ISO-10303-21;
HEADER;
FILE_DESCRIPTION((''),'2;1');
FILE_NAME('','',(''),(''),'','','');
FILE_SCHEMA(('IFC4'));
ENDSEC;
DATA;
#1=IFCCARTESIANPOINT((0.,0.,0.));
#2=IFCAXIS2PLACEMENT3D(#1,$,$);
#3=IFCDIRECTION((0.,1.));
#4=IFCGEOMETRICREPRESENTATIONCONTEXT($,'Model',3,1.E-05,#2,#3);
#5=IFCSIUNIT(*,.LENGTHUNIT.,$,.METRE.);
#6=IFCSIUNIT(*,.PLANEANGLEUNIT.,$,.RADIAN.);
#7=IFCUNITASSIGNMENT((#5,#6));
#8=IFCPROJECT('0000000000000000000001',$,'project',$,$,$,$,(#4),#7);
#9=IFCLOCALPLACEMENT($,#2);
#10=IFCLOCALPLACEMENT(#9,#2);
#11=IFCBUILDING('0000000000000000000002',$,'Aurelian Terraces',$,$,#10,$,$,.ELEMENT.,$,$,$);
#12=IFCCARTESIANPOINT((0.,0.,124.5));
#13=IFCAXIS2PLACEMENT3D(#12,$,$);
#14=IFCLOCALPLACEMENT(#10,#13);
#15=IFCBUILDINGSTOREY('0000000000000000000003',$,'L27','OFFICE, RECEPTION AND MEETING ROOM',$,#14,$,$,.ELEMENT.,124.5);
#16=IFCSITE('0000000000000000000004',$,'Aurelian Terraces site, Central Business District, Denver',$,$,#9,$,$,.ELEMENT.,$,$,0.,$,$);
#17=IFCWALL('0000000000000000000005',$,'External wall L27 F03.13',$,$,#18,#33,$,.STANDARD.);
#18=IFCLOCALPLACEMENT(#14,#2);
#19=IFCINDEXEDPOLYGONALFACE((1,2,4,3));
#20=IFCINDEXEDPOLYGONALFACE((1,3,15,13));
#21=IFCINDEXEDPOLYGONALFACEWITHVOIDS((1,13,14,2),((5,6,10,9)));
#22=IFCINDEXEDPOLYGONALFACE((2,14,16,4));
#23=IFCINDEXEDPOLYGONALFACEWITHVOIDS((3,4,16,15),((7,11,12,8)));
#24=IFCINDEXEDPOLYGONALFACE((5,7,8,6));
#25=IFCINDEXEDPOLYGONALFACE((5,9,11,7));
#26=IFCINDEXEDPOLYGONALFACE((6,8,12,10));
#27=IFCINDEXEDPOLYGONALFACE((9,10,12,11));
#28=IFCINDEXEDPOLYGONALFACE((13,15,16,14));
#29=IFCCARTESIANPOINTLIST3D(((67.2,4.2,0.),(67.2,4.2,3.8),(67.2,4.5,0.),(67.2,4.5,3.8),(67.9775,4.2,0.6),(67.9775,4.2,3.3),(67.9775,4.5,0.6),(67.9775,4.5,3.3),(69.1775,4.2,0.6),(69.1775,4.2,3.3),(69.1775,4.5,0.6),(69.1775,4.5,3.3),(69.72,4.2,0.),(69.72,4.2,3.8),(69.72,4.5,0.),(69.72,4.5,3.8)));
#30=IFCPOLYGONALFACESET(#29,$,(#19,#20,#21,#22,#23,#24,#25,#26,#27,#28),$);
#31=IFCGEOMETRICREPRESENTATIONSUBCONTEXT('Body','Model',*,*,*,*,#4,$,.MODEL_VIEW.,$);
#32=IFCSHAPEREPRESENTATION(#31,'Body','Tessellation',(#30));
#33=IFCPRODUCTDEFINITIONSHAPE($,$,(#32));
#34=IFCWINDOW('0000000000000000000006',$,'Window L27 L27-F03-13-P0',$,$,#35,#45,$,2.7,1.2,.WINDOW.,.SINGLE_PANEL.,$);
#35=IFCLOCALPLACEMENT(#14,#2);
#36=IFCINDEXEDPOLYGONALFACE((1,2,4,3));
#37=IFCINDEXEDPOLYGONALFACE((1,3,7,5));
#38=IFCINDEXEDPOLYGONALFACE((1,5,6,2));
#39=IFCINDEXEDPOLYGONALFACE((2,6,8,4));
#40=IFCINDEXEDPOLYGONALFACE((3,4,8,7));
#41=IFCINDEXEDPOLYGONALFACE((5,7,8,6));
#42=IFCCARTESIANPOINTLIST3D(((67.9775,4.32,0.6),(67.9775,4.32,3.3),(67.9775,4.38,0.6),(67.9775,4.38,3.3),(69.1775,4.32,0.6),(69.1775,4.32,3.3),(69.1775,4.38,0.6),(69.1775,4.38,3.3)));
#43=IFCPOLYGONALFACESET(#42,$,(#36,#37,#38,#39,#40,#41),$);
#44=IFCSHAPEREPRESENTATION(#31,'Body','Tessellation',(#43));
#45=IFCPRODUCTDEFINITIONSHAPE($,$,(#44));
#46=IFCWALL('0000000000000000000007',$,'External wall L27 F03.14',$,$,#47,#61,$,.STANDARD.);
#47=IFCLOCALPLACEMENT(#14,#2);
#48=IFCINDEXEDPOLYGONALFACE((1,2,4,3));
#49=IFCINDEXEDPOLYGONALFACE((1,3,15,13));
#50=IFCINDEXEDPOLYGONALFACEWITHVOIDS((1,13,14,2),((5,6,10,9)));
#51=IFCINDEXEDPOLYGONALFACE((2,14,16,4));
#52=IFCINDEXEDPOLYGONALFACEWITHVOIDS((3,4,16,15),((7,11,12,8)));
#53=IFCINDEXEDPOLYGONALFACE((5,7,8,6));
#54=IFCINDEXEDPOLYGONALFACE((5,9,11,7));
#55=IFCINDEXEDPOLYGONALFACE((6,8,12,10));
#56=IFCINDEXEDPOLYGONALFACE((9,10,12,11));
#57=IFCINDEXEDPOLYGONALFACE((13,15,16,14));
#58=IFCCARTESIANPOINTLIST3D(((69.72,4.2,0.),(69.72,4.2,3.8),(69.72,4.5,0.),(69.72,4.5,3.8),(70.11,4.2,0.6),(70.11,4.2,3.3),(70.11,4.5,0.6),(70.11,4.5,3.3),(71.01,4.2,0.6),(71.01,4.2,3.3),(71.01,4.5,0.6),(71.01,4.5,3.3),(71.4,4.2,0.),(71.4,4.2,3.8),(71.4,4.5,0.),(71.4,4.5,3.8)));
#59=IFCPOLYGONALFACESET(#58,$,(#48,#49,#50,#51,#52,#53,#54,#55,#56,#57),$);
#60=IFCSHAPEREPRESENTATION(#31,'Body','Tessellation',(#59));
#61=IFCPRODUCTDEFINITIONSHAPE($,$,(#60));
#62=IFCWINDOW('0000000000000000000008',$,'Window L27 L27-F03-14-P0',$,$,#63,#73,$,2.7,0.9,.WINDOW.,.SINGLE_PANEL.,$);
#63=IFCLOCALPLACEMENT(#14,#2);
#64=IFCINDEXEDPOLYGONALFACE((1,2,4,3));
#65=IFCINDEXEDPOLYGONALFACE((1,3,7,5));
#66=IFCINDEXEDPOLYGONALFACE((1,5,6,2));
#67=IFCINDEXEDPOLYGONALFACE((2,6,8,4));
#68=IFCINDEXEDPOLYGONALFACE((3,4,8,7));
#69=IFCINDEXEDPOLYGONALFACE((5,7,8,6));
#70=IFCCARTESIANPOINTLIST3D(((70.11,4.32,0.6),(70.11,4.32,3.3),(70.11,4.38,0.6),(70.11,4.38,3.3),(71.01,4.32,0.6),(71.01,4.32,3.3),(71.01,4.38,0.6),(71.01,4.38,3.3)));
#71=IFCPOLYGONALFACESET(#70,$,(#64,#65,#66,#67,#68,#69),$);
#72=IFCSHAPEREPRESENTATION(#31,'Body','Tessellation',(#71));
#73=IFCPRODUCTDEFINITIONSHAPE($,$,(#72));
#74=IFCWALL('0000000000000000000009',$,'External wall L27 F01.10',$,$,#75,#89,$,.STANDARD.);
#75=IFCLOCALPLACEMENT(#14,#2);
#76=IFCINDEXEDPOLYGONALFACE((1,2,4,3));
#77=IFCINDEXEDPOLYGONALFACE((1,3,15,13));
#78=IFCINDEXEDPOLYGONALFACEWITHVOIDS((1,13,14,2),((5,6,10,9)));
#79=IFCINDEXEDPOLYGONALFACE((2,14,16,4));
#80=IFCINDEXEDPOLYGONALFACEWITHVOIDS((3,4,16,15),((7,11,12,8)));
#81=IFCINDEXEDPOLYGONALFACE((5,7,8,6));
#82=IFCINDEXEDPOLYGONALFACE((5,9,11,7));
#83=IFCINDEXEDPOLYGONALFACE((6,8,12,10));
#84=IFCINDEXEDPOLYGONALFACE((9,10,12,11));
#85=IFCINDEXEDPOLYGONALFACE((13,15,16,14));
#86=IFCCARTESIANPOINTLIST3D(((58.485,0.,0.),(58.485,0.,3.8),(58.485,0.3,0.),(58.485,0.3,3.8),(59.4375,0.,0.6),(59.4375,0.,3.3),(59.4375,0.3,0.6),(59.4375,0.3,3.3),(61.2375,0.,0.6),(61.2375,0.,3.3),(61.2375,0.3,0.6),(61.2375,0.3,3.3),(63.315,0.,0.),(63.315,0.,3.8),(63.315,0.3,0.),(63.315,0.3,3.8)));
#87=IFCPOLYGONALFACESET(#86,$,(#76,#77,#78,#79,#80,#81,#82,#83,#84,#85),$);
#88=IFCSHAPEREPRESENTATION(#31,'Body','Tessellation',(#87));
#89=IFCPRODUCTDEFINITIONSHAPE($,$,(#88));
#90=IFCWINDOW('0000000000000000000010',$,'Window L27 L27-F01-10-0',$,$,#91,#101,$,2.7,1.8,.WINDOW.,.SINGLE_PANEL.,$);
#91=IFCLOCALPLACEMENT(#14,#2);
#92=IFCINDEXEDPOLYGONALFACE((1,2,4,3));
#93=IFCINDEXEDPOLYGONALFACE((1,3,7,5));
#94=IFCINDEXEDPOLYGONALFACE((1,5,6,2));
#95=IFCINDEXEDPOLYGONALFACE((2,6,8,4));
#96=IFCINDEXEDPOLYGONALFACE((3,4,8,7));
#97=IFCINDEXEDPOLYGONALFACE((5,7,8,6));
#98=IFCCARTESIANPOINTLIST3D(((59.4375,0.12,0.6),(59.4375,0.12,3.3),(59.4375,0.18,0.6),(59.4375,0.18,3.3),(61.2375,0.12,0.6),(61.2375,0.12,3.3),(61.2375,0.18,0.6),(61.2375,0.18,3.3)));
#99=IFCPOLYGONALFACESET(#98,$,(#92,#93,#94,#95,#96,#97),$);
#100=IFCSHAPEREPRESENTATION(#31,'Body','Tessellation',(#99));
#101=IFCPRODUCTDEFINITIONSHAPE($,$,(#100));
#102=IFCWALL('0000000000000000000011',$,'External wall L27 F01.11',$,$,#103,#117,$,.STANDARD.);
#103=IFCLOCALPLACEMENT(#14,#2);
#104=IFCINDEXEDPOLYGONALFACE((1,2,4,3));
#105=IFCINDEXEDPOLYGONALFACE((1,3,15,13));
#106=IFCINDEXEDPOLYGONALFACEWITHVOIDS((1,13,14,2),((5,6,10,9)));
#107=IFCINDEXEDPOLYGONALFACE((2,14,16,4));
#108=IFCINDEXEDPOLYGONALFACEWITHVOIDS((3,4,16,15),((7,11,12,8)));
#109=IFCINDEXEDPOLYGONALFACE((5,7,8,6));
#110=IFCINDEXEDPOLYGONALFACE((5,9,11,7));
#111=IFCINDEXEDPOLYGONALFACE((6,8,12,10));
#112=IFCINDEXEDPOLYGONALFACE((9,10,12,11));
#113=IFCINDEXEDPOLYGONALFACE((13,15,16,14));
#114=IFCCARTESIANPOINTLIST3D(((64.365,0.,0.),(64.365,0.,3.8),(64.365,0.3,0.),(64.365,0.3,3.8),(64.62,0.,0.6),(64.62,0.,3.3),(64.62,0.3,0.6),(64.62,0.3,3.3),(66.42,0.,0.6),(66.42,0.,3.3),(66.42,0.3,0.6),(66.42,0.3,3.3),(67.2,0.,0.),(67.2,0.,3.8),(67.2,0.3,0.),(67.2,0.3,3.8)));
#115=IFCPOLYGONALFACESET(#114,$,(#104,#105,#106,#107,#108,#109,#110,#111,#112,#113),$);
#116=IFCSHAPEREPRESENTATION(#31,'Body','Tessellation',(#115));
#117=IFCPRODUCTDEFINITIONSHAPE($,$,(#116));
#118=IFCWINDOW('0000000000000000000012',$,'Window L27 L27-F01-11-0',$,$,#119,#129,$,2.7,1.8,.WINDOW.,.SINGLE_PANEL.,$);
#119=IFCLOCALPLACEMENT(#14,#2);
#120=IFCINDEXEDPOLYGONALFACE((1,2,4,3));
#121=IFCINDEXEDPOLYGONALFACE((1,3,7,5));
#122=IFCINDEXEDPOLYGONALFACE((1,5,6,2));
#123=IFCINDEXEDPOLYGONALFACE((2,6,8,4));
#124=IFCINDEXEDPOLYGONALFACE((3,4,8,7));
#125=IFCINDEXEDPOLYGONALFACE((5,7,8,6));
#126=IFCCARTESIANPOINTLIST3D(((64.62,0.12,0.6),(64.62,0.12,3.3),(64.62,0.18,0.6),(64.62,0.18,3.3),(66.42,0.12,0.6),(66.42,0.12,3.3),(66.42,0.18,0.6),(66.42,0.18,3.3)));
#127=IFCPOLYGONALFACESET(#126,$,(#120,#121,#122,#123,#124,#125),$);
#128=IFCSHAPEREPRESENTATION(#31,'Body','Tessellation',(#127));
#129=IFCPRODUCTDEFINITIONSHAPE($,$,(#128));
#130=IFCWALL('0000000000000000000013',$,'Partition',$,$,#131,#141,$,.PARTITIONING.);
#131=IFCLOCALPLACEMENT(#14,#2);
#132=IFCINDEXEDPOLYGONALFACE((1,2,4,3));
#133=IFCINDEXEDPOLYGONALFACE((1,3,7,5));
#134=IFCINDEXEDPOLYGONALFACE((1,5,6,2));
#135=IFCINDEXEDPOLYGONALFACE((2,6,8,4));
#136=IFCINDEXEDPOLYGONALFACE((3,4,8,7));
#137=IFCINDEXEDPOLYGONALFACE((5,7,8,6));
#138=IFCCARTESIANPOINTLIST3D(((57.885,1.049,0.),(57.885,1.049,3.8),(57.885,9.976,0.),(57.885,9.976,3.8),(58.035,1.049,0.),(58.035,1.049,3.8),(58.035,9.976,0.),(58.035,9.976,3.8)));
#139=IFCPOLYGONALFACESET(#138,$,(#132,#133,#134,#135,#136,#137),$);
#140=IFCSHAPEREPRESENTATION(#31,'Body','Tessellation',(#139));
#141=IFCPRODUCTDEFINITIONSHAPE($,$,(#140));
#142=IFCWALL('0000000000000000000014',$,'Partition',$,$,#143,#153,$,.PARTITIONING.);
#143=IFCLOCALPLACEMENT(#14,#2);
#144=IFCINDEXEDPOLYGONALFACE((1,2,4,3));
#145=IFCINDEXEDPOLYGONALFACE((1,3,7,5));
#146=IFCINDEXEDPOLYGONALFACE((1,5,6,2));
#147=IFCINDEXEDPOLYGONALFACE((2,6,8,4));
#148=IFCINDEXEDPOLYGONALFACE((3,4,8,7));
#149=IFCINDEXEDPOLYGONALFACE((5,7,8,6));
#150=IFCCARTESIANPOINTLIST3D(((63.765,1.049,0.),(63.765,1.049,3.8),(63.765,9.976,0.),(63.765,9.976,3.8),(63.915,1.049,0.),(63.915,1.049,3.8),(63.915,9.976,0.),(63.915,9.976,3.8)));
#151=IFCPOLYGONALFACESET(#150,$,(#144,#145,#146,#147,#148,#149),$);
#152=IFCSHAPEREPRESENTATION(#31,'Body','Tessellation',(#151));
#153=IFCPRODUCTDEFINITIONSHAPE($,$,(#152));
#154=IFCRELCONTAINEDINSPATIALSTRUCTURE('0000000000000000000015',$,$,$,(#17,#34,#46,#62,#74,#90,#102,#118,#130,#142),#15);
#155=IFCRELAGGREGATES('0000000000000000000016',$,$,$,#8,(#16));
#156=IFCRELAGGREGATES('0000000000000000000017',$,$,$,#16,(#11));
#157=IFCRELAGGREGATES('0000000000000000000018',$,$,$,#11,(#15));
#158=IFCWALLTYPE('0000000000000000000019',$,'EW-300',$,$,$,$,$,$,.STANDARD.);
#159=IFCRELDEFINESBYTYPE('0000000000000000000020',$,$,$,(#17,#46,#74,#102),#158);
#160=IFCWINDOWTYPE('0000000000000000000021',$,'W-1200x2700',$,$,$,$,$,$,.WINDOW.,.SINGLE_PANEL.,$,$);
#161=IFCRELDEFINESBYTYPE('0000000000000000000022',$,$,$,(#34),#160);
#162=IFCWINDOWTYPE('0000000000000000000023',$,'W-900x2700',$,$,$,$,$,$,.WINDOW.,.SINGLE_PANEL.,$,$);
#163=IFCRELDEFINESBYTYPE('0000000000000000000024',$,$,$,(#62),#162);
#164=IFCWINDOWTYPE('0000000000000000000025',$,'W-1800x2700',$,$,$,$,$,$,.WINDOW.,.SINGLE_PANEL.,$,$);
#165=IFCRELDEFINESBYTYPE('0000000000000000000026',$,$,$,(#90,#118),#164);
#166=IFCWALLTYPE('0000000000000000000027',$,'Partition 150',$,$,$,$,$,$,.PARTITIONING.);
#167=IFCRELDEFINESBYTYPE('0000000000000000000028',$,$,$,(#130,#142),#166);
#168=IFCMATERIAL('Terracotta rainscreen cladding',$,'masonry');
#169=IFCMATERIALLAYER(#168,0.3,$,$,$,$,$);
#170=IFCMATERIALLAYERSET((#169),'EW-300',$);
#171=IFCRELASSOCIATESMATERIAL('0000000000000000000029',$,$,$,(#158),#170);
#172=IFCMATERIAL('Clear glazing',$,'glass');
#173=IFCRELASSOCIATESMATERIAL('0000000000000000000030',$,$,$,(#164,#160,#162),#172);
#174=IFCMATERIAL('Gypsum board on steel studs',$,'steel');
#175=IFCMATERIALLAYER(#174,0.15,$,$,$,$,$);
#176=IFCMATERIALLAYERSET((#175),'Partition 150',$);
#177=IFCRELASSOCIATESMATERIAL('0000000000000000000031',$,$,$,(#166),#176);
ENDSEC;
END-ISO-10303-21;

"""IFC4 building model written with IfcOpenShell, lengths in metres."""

from ifc_helpers import new_model, si_unit, direction, frame, frame_2d, origin, place, context, subcontext, project, spatial, rectangle, extrude, source, transform, mapped, material, layer, layer_set, type_object, element, fill, save


model = new_model("IFC4")

# Units and contexts
model_context = context("Model", 3, precision=1e-05, world=origin(), true_north=direction((0.0, 1.0)))
body_context = subcontext(model_context, "Body", "Model", "MODEL_VIEW")
ifc_project = project(units=[si_unit("LENGTHUNIT", "METRE"), si_unit("PLANEANGLEUNIT", "RADIAN")], contexts=[model_context])

# Site, building, storey
site_placement = place(None, origin())
site = spatial("IfcSite", under=ifc_project, at=site_placement, Name="Aurelian Terraces site, Central Business District, Denver", CompositionType="ELEMENT", RefElevation=0.0)
building_placement = place(site_placement, origin())
building = spatial("IfcBuilding", under=site, at=building_placement, Name="Aurelian Terraces", CompositionType="ELEMENT")
storey_placement = place(building_placement, frame((0.0, 0.0, 124.5)))
storey = spatial("IfcBuildingStorey", under=building, at=storey_placement, Name="L27", Description="OFFICE, RECEPTION AND MEETING ROOM", CompositionType="ELEMENT", Elevation=124.5)

# Shared definitions
ifc_material_1 = material(Name="Terracotta rainscreen cladding", Category="masonry")
ifc_layer_1 = layer(ifc_material_1, 0.3)
ifc_layer_set_1 = layer_set([ifc_layer_1], Name="EW-300")
wall_type_1 = type_object("IfcWallType", Name="EW-300", PredefinedType="STANDARD", material=ifc_layer_set_1)
shared_shape_1 = source(origin(), body_context, "Body", "SweptSolid", [
    extrude(rectangle(XDim=1.8, YDim=2.7, at=frame_2d((0.9, 1.35))), frame((0.0, 0.16, 0.0), z_axis=(0.0, -1.0, 0.0), x_axis=(1.0, 0.0, 0.0)), (0.0, 0.0, 1.0), 0.32),
])
ifc_material_2 = material(Name="Clear glazing", Category="glass")
window_type_1 = type_object("IfcWindowType", Name="W-1800x2700", PartitioningType="SINGLE_PANEL", PredefinedType="WINDOW", material=ifc_material_2)
shared_shape_2 = source(origin(), body_context, "Body", "SweptSolid", [
    extrude(rectangle(XDim=1.8, YDim=2.7, at=frame_2d((0.9, 1.35))), frame((0.0, 0.03, 0.0), z_axis=(0.0, -1.0, 0.0), x_axis=(1.0, 0.0, 0.0)), (0.0, 0.0, 1.0), 0.06),
])

# Walls, openings, windows
shared_shape_3 = source(origin(), body_context, "Body", "SweptSolid", [
    extrude(rectangle(XDim=2.52, YDim=0.3, at=frame_2d((1.26, 0.0))), origin(), (0.0, 0.0, 1.0), 3.8),
])
wall_1_placement = place(storey_placement, frame((67.2, 4.35, 0.0), z_axis=(0.0, 0.0, 1.0), x_axis=(1.0, 0.0, 0.0)))
wall_1 = element("IfcWall", 1, at=wall_1_placement, inside=storey, type_object=wall_type_1, Name="External wall L27 F03.13", PredefinedType="STANDARD", context=body_context, shape_type="MappedRepresentation", body=[
    mapped(shared_shape_3, transform((0.0, 0.0, 0.0), scale=1.0)),
])
shared_shape_4 = source(origin(), body_context, "Body", "SweptSolid", [
    extrude(rectangle(XDim=1.2, YDim=2.7, at=frame_2d((0.6, 1.35))), frame((0.0, 0.16, 0.0), z_axis=(0.0, -1.0, 0.0), x_axis=(1.0, 0.0, 0.0)), (0.0, 0.0, 1.0), 0.32),
])
opening_1_placement = place(wall_1_placement, frame((0.7775, 0.0, 0.6)))
opening_1 = element("IfcOpeningElement", 2, at=opening_1_placement, cuts=wall_1, PredefinedType="OPENING", context=body_context, shape_type="MappedRepresentation", body=[
    mapped(shared_shape_4, transform((0.0, 0.0, 0.0), scale=1.0)),
])
window_type_2 = type_object("IfcWindowType", Name="W-1200x2700", PartitioningType="SINGLE_PANEL", PredefinedType="WINDOW", material=ifc_material_2)
shared_shape_5 = source(origin(), body_context, "Body", "SweptSolid", [
    extrude(rectangle(XDim=1.2, YDim=2.7, at=frame_2d((0.6, 1.35))), frame((0.0, 0.03, 0.0), z_axis=(0.0, -1.0, 0.0), x_axis=(1.0, 0.0, 0.0)), (0.0, 0.0, 1.0), 0.06),
])
window_1_placement = place(opening_1_placement, origin())
window_1 = element("IfcWindow", 3, at=window_1_placement, inside=storey, type_object=window_type_2, Name="Window L27 L27-F03-13-P0", OverallHeight=2.7, OverallWidth=1.2, PartitioningType="SINGLE_PANEL", PredefinedType="WINDOW", context=body_context, shape_type="MappedRepresentation", body=[
    mapped(shared_shape_5, transform((0.0, 0.0, 0.0), scale=1.0)),
])
fill(opening_1, window_1)
shared_shape_6 = source(origin(), body_context, "Body", "SweptSolid", [
    extrude(rectangle(XDim=1.68, YDim=0.3, at=frame_2d((0.84, 0.0))), origin(), (0.0, 0.0, 1.0), 3.8),
])
wall_2_placement = place(storey_placement, frame((69.72, 4.35, 0.0), z_axis=(0.0, 0.0, 1.0), x_axis=(1.0, 0.0, 0.0)))
wall_2 = element("IfcWall", 4, at=wall_2_placement, inside=storey, type_object=wall_type_1, Name="External wall L27 F03.14", PredefinedType="STANDARD", context=body_context, shape_type="MappedRepresentation", body=[
    mapped(shared_shape_6, transform((0.0, 0.0, 0.0), scale=1.0)),
])
shared_shape_7 = source(origin(), body_context, "Body", "SweptSolid", [
    extrude(rectangle(XDim=0.9, YDim=2.7, at=frame_2d((0.45, 1.35))), frame((0.0, 0.16, 0.0), z_axis=(0.0, -1.0, 0.0), x_axis=(1.0, 0.0, 0.0)), (0.0, 0.0, 1.0), 0.32),
])
opening_2_placement = place(wall_2_placement, frame((0.39, 0.0, 0.6)))
opening_2 = element("IfcOpeningElement", 5, at=opening_2_placement, cuts=wall_2, PredefinedType="OPENING", context=body_context, shape_type="MappedRepresentation", body=[
    mapped(shared_shape_7, transform((0.0, 0.0, 0.0), scale=1.0)),
])
window_type_3 = type_object("IfcWindowType", Name="W-900x2700", PartitioningType="SINGLE_PANEL", PredefinedType="WINDOW", material=ifc_material_2)
shared_shape_8 = source(origin(), body_context, "Body", "SweptSolid", [
    extrude(rectangle(XDim=0.9, YDim=2.7, at=frame_2d((0.45, 1.35))), frame((0.0, 0.03, 0.0), z_axis=(0.0, -1.0, 0.0), x_axis=(1.0, 0.0, 0.0)), (0.0, 0.0, 1.0), 0.06),
])
window_2_placement = place(opening_2_placement, origin())
window_2 = element("IfcWindow", 6, at=window_2_placement, inside=storey, type_object=window_type_3, Name="Window L27 L27-F03-14-P0", OverallHeight=2.7, OverallWidth=0.9, PartitioningType="SINGLE_PANEL", PredefinedType="WINDOW", context=body_context, shape_type="MappedRepresentation", body=[
    mapped(shared_shape_8, transform((0.0, 0.0, 0.0), scale=1.0)),
])
fill(opening_2, window_2)
shared_shape_9 = source(origin(), body_context, "Body", "SweptSolid", [
    extrude(rectangle(XDim=4.83, YDim=0.3, at=frame_2d((2.415, 0.0))), origin(), (0.0, 0.0, 1.0), 3.8),
])
wall_3_placement = place(storey_placement, frame((58.485, 0.15, 0.0), z_axis=(0.0, 0.0, 1.0), x_axis=(1.0, 0.0, 0.0)))
wall_3 = element("IfcWall", 7, at=wall_3_placement, inside=storey, type_object=wall_type_1, Name="External wall L27 F01.10", PredefinedType="STANDARD", context=body_context, shape_type="MappedRepresentation", body=[
    mapped(shared_shape_9, transform((0.0, 0.0, 0.0), scale=1.0)),
])
opening_3_placement = place(wall_3_placement, frame((0.9525, 0.0, 0.6)))
opening_3 = element("IfcOpeningElement", 8, at=opening_3_placement, cuts=wall_3, PredefinedType="OPENING", context=body_context, shape_type="MappedRepresentation", body=[
    mapped(shared_shape_1, transform((0.0, 0.0, 0.0), scale=1.0)),
])
window_3_placement = place(opening_3_placement, origin())
window_3 = element("IfcWindow", 9, at=window_3_placement, inside=storey, type_object=window_type_1, Name="Window L27 L27-F01-10-0", OverallHeight=2.7, OverallWidth=1.8, PartitioningType="SINGLE_PANEL", PredefinedType="WINDOW", context=body_context, shape_type="MappedRepresentation", body=[
    mapped(shared_shape_2, transform((0.0, 0.0, 0.0), scale=1.0)),
])
fill(opening_3, window_3)
shared_shape_10 = source(origin(), body_context, "Body", "SweptSolid", [
    extrude(rectangle(XDim=2.835, YDim=0.3, at=frame_2d((1.4175, 0.0))), origin(), (0.0, 0.0, 1.0), 3.8),
])
wall_4_placement = place(storey_placement, frame((64.365, 0.15, 0.0), z_axis=(0.0, 0.0, 1.0), x_axis=(1.0, 0.0, 0.0)))
wall_4 = element("IfcWall", 10, at=wall_4_placement, inside=storey, type_object=wall_type_1, Name="External wall L27 F01.11", PredefinedType="STANDARD", context=body_context, shape_type="MappedRepresentation", body=[
    mapped(shared_shape_10, transform((0.0, 0.0, 0.0), scale=1.0)),
])
opening_4_placement = place(wall_4_placement, frame((0.255, 0.0, 0.6)))
opening_4 = element("IfcOpeningElement", 11, at=opening_4_placement, cuts=wall_4, PredefinedType="OPENING", context=body_context, shape_type="MappedRepresentation", body=[
    mapped(shared_shape_1, transform((0.0, 0.0, 0.0), scale=1.0)),
])
window_4_placement = place(opening_4_placement, origin())
window_4 = element("IfcWindow", 12, at=window_4_placement, inside=storey, type_object=window_type_1, Name="Window L27 L27-F01-11-0", OverallHeight=2.7, OverallWidth=1.8, PartitioningType="SINGLE_PANEL", PredefinedType="WINDOW", context=body_context, shape_type="MappedRepresentation", body=[
    mapped(shared_shape_2, transform((0.0, 0.0, 0.0), scale=1.0)),
])
fill(opening_4, window_4)

# Walls
ifc_material_3 = material(Name="Gypsum board on steel studs", Category="steel")
ifc_layer_2 = layer(ifc_material_3, 0.15)
ifc_layer_set_2 = layer_set([ifc_layer_2], Name="Partition 150")
wall_type_2 = type_object("IfcWallType", Name="Partition 150", PredefinedType="PARTITIONING", material=ifc_layer_set_2)
shared_shape_11 = source(origin(), body_context, "Body", "SweptSolid", [
    extrude(rectangle(XDim=8.927, YDim=0.15, at=frame_2d((4.4635, 0.0))), origin(), (0.0, 0.0, 1.0), 3.8),
])
for number, where, z_axis, x_axis, name in (
    (13, (57.96, 1.049, 0.0), (0.0, 0.0, 1.0), (0.0, 1.0, 0.0), "Partition"),
    (14, (63.84, 1.049, 0.0), (0.0, 0.0, 1.0), (0.0, 1.0, 0.0), "Partition"),
):
    element("IfcWall", number, at=place(storey_placement, frame(where, z_axis=z_axis, x_axis=x_axis)), inside=storey, type_object=wall_type_2, Name=name, PredefinedType="PARTITIONING", context=body_context, shape_type="MappedRepresentation", body=[
        mapped(shared_shape_11, transform((0.0, 0.0, 0.0), scale=1.0)),
    ])

save(model, "model.ifc")
